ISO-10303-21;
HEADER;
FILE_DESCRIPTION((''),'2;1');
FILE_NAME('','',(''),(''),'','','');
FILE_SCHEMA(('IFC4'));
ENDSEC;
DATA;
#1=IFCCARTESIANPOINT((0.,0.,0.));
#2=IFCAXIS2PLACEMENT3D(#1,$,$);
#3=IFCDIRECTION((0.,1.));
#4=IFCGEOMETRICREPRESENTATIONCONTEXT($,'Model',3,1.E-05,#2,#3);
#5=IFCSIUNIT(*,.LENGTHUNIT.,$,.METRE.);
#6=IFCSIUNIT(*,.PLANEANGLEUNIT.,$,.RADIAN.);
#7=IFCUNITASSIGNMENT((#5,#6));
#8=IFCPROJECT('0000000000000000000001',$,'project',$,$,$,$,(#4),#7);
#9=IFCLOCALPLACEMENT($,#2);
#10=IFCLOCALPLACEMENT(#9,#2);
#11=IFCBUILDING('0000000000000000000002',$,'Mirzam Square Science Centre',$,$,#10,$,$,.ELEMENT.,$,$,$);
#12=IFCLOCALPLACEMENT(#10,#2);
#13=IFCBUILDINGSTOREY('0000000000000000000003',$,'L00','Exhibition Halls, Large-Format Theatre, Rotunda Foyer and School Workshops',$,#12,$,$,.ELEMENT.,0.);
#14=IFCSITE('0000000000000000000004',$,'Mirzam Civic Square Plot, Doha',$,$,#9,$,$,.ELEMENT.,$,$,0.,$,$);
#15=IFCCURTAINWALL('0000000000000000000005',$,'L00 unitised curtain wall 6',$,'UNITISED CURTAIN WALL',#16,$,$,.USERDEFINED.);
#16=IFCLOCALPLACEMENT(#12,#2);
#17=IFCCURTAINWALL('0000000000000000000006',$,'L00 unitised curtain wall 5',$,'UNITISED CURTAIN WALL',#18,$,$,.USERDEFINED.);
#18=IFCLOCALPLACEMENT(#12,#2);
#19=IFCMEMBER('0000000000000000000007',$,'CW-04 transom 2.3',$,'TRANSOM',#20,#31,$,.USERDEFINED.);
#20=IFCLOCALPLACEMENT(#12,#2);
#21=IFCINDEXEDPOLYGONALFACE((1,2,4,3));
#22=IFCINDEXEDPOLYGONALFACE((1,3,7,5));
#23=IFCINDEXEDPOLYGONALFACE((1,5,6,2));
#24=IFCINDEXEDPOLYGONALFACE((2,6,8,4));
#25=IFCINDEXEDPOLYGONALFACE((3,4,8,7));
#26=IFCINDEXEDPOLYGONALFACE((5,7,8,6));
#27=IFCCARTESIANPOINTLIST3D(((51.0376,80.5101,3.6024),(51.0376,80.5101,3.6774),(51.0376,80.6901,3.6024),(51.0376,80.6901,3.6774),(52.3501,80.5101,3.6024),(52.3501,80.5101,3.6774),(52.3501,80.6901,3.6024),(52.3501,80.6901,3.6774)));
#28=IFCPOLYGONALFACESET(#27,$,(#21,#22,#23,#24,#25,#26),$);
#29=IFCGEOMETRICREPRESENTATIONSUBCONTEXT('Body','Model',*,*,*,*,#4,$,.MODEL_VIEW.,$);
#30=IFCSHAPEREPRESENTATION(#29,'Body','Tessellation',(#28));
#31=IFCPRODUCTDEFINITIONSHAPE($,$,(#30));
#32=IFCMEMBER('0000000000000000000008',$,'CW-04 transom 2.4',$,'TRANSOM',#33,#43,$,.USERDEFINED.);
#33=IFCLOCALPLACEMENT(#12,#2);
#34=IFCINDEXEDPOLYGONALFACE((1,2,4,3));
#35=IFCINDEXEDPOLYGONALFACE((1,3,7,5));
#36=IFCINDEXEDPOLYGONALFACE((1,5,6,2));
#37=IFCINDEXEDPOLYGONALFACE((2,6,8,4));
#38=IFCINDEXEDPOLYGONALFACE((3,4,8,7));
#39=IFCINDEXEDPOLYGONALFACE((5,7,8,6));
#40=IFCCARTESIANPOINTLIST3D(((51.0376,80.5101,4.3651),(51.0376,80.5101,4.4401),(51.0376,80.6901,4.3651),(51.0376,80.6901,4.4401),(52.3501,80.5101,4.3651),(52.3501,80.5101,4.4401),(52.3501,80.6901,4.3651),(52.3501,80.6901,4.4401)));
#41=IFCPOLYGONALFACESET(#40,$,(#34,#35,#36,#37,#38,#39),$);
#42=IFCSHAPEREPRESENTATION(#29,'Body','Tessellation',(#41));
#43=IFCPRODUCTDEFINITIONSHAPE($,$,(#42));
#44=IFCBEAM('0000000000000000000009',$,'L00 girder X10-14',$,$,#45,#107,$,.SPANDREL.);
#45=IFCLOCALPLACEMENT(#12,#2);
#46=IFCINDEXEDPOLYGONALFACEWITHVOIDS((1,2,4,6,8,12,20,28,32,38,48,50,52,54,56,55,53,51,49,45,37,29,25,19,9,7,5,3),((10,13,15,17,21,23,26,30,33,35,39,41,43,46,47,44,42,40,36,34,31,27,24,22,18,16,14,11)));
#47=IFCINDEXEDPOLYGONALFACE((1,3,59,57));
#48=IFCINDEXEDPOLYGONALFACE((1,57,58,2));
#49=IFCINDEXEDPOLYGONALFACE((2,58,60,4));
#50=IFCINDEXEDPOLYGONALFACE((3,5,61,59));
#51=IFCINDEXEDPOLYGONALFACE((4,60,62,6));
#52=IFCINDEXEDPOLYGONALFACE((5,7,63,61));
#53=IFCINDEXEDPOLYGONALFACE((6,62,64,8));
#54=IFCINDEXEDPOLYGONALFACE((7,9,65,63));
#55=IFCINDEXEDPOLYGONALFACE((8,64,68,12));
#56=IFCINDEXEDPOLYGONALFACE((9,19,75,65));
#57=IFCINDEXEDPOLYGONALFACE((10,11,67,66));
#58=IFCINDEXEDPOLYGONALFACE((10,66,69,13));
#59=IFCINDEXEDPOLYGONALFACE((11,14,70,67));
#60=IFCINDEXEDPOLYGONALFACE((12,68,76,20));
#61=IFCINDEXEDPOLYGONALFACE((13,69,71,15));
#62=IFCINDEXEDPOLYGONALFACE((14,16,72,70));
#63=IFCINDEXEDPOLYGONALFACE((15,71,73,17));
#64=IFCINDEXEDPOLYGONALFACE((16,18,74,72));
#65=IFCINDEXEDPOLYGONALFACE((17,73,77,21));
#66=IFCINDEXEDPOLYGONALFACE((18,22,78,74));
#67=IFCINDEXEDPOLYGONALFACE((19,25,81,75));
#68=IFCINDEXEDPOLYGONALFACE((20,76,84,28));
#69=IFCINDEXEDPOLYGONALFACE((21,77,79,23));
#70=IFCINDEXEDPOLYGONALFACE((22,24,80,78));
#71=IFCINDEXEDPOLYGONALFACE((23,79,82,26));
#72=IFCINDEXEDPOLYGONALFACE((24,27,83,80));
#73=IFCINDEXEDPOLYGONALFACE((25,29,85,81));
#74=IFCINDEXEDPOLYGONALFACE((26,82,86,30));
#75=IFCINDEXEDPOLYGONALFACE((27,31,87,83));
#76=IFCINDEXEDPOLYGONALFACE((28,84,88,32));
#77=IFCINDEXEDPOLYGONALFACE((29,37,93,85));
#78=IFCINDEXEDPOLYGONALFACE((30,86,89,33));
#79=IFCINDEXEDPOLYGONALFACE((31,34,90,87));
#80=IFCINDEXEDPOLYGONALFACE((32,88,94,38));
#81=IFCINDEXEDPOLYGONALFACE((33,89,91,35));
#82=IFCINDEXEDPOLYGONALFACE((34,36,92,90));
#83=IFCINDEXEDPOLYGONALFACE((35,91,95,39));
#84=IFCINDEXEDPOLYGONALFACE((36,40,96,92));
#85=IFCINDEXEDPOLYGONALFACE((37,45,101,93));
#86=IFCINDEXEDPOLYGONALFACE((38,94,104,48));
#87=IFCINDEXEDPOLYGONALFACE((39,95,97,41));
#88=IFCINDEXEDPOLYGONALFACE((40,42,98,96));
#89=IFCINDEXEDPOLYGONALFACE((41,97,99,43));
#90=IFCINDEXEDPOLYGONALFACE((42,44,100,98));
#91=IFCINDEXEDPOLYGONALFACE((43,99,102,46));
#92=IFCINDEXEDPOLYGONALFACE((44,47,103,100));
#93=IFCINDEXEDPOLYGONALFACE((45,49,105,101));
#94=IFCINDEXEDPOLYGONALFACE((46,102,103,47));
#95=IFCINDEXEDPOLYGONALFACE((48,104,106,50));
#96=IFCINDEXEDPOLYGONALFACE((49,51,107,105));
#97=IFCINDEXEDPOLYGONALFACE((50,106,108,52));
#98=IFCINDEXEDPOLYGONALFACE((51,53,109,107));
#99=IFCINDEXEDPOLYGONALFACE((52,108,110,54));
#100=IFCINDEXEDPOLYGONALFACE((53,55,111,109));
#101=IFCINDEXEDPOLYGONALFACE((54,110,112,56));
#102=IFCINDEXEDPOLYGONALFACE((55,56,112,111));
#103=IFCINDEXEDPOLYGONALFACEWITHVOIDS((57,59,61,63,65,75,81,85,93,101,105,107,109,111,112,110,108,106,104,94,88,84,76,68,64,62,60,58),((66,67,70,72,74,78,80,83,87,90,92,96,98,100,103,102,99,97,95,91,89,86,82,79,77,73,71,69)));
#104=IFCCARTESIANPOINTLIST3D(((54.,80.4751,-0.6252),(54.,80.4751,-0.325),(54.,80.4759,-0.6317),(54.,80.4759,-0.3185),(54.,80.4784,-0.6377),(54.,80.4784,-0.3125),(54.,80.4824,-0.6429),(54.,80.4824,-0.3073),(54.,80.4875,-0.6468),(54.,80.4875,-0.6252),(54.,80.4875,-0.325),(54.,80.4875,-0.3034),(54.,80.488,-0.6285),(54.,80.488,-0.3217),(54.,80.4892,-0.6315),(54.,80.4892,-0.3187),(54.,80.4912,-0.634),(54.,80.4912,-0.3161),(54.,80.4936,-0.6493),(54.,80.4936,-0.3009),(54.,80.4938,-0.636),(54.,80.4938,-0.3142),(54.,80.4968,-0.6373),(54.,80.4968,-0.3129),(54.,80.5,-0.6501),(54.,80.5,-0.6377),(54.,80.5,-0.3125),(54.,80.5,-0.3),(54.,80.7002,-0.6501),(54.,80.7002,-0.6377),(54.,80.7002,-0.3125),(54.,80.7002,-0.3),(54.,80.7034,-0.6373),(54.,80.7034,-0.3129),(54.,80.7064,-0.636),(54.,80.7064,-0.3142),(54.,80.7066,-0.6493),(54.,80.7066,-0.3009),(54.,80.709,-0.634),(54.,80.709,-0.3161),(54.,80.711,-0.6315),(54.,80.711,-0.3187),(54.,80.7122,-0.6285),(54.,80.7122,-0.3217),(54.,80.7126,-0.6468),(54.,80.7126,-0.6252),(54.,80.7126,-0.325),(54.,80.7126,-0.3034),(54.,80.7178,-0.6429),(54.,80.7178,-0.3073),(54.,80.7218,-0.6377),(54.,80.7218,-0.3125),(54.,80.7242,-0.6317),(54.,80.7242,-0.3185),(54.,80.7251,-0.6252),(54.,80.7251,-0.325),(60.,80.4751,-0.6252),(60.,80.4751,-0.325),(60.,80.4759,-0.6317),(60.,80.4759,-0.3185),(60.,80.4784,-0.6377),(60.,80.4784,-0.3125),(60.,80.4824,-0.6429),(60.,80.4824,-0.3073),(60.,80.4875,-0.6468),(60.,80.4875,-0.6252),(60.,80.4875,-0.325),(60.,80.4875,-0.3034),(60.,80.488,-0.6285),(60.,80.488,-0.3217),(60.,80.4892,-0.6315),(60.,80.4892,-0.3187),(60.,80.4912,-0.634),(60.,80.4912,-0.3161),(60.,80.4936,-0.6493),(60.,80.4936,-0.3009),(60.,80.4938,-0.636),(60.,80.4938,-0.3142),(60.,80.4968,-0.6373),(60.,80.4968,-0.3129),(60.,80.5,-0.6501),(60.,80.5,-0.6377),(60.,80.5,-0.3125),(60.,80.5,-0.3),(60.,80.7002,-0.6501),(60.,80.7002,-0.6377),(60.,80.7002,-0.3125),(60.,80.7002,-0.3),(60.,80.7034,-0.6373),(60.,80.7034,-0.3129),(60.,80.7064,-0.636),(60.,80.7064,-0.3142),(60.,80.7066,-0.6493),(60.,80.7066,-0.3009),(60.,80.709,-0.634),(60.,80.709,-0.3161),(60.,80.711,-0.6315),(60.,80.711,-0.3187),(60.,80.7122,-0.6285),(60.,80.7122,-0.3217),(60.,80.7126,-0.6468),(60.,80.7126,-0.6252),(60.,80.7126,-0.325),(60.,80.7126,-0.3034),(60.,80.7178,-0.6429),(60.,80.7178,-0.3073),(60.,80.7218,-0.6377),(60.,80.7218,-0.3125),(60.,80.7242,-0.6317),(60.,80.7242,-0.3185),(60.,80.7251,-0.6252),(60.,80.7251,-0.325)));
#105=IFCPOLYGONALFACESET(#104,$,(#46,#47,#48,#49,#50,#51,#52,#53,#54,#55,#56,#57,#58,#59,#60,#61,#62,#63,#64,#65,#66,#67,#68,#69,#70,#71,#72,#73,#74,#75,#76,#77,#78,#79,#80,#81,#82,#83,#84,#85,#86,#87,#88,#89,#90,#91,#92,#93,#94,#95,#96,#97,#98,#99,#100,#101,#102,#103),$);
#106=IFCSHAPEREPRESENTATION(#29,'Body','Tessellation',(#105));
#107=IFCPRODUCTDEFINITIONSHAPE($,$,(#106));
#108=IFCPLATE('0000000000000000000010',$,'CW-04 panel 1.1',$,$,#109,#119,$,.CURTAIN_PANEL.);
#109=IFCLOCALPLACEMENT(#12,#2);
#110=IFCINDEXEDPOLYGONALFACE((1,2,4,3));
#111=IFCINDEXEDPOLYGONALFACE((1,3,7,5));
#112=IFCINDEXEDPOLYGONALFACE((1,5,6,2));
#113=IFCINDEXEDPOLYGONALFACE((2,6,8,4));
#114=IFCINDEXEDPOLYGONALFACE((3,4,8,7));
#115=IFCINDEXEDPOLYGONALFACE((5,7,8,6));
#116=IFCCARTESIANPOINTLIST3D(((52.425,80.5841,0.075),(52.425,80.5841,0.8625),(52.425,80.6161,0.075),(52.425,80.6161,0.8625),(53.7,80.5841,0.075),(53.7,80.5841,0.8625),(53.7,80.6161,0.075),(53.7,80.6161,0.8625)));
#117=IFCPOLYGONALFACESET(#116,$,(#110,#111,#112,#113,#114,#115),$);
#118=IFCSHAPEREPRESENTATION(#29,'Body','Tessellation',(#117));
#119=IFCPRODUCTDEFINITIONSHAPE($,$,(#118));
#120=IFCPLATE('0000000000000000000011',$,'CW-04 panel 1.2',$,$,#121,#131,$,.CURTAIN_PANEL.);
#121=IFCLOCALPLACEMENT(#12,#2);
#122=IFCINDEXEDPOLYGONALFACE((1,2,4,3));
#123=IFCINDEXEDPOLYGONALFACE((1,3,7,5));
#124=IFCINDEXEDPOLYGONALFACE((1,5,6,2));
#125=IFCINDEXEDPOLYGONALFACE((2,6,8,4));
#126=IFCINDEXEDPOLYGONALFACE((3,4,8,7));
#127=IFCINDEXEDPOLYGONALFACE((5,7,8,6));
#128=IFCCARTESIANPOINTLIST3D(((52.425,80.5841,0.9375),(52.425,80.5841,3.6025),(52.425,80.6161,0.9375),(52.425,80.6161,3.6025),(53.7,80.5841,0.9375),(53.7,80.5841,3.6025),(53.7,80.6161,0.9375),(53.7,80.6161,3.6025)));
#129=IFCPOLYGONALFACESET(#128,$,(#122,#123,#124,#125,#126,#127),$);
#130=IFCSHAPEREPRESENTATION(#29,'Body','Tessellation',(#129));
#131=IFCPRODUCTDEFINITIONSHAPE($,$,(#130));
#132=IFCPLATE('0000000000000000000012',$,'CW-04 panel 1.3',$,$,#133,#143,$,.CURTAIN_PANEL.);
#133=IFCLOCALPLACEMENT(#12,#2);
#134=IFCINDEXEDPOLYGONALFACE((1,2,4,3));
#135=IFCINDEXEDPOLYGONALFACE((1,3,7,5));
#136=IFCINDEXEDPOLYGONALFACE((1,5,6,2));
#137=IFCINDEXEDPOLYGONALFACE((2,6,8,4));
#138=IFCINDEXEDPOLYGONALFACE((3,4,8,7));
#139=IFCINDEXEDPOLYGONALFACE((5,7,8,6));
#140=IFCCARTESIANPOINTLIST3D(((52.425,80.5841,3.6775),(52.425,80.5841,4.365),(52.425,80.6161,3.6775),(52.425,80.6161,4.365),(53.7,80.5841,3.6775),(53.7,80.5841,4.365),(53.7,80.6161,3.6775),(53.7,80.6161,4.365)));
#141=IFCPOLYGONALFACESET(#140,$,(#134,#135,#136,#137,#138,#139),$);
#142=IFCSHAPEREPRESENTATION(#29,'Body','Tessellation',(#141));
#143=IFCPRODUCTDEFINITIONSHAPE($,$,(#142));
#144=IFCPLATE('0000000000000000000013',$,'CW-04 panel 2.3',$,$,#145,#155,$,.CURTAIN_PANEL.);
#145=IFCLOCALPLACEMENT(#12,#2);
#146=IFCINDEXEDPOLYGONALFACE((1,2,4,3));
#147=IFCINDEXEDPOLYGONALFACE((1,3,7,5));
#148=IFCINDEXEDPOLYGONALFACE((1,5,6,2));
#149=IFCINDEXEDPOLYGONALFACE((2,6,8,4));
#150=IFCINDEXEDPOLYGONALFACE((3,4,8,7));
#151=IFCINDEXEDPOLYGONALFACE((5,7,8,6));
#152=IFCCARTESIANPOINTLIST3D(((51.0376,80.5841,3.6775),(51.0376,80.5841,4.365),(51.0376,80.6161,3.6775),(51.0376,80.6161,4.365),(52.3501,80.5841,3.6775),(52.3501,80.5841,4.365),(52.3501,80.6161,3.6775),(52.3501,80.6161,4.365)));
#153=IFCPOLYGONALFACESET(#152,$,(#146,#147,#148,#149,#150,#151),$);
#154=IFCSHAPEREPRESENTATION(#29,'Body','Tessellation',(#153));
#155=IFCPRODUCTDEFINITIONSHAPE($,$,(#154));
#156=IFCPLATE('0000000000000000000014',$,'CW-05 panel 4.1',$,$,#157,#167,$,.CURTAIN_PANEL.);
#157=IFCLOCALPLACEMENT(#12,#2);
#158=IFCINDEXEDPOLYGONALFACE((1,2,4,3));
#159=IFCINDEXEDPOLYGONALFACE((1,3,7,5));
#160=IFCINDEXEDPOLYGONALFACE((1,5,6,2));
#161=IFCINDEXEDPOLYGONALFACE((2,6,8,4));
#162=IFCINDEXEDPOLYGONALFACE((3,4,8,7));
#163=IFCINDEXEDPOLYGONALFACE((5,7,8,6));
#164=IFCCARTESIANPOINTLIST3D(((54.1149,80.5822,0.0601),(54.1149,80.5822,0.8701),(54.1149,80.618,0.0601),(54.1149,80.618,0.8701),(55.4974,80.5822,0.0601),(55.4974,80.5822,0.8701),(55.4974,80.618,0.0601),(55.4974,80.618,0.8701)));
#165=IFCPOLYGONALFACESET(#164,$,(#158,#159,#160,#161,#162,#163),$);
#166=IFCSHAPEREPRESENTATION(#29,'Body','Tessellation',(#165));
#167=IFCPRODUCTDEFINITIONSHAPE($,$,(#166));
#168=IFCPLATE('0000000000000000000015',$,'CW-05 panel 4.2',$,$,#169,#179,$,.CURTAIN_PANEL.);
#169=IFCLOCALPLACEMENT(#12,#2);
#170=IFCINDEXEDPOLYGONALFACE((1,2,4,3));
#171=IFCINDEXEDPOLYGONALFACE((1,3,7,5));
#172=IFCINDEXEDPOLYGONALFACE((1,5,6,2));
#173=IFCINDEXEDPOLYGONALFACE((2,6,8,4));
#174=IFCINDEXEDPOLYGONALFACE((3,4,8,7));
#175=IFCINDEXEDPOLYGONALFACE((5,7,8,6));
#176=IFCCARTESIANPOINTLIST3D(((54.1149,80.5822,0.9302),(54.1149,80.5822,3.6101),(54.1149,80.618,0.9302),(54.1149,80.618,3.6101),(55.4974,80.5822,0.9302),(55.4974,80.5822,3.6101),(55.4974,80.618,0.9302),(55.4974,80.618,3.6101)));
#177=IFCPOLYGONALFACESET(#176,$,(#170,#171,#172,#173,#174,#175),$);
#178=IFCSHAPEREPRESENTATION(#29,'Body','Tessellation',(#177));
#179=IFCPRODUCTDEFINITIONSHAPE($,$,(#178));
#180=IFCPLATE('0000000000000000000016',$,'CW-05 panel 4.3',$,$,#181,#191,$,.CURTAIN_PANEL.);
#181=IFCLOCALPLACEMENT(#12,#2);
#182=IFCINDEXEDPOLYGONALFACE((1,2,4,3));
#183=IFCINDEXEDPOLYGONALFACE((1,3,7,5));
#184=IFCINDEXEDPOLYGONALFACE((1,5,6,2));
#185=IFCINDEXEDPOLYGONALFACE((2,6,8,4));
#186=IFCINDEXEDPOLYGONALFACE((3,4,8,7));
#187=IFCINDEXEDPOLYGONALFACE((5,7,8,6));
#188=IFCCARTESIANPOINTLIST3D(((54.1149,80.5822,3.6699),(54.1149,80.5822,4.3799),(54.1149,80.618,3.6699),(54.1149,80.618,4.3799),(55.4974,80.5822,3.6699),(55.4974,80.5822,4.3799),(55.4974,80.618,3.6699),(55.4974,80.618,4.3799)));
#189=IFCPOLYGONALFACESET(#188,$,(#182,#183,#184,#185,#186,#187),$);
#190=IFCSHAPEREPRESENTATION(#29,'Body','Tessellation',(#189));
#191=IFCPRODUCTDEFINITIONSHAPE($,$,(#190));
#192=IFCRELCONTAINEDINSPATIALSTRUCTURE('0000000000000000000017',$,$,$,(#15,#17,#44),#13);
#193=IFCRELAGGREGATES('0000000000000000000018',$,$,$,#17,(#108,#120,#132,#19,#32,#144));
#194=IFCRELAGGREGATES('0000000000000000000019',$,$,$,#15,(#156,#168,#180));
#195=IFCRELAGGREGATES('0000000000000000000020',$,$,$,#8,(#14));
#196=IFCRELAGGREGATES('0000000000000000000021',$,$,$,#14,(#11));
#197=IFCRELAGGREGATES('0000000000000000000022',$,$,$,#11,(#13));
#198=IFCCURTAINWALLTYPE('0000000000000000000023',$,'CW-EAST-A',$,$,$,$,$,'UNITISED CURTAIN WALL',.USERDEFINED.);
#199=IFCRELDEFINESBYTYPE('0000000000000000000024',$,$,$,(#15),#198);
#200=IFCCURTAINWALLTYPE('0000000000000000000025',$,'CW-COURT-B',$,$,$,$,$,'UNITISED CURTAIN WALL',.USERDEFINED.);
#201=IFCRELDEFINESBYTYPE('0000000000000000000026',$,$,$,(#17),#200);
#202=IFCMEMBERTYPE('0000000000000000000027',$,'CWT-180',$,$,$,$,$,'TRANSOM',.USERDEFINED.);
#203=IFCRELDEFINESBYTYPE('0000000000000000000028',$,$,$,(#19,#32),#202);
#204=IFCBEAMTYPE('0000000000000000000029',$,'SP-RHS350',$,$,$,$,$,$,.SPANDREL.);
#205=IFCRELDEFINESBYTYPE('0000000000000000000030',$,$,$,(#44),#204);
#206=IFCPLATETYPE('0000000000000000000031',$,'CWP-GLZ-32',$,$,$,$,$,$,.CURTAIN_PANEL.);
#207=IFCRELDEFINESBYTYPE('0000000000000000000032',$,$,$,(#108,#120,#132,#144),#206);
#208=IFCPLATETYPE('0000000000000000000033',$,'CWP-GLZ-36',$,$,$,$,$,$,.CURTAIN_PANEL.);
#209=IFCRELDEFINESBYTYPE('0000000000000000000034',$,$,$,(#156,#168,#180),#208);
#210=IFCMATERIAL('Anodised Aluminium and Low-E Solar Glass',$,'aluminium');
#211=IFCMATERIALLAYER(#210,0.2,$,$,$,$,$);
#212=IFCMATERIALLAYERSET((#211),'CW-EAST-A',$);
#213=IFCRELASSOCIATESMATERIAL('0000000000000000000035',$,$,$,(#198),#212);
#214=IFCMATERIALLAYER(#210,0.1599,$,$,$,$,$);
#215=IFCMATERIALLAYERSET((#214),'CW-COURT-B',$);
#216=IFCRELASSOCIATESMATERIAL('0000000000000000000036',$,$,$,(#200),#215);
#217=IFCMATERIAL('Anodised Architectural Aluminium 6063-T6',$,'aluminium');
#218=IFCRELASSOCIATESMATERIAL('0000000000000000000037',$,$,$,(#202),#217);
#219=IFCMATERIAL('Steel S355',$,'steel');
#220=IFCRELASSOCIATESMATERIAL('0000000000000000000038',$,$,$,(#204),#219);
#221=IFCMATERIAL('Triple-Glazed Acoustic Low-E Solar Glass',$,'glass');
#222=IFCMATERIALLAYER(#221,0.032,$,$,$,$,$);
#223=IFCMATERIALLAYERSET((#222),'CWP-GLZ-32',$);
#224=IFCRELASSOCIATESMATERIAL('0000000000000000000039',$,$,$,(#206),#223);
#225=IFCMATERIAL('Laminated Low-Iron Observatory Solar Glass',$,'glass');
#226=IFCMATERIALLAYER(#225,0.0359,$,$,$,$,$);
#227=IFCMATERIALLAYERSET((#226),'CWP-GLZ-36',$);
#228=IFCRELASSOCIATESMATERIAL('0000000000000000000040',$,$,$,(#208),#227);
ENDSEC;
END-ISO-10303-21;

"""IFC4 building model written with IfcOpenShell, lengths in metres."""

from ifc_helpers import new_model, si_unit, direction, frame, origin, origin_2d, place, context, subcontext, project, spatial, rectangle, hollow_rectangle, extrude, material, layer, layer_set, material_profile, profile_set, type_object, element, aggregate, save


model = new_model("IFC4")

# Units and contexts
model_context = context("Model", 3, precision=1e-05, world=origin(), true_north=direction((0.0, 1.0)))
body_context = subcontext(model_context, "Body", "Model", "MODEL_VIEW")
ifc_project = project(units=[si_unit("LENGTHUNIT", "METRE"), si_unit("PLANEANGLEUNIT", "RADIAN")], contexts=[model_context])

# Site, building, storey
site_placement = place(None, origin())
site = spatial("IfcSite", under=ifc_project, at=site_placement, Name="Mirzam Civic Square Plot, Doha", CompositionType="ELEMENT", RefElevation=0.0)
building_placement = place(site_placement, origin())
building = spatial("IfcBuilding", under=site, at=building_placement, Name="Mirzam Square Science Centre", CompositionType="ELEMENT")
storey_placement = place(building_placement, origin())
storey = spatial("IfcBuildingStorey", under=building, at=storey_placement, Name="L00", Description="Exhibition Halls, Large-Format Theatre, Rotunda Foyer and School Workshops", CompositionType="ELEMENT", Elevation=0.0)

# Shared definitions
ifc_material_1 = material(Name="Steel S355", Category="steel")

# Curtain wall
ifc_material_2 = material(Name="Anodised Aluminium and Low-E Solar Glass", Category="aluminium")
ifc_layer_1 = layer(ifc_material_2, 0.2)
ifc_layer_set_1 = layer_set([ifc_layer_1], Name="CW-EAST-A")
curtain_wall_type_1 = type_object("IfcCurtainWallType", Name="CW-EAST-A", ElementType="UNITISED CURTAIN WALL", PredefinedType="USERDEFINED", material=ifc_layer_set_1)
curtain_wall_1_placement = place(storey_placement, origin())
curtain_wall_1 = element("IfcCurtainWall", 1, at=curtain_wall_1_placement, inside=storey, type_object=curtain_wall_type_1, Name="L00 unitised curtain wall 6", ObjectType="UNITISED CURTAIN WALL", PredefinedType="USERDEFINED")
ifc_material_3 = material(Name="Anodised Architectural Aluminium 6063-T6", Category="aluminium")

# Curtain wall
ifc_layer_2 = layer(ifc_material_2, 0.1599)
ifc_layer_set_2 = layer_set([ifc_layer_2], Name="CW-COURT-B")
curtain_wall_type_2 = type_object("IfcCurtainWallType", Name="CW-COURT-B", ElementType="UNITISED CURTAIN WALL", PredefinedType="USERDEFINED", material=ifc_layer_set_2)
curtain_wall_2_placement = place(storey_placement, origin())
curtain_wall_2 = element("IfcCurtainWall", 2, at=curtain_wall_2_placement, inside=storey, type_object=curtain_wall_type_2, Name="L00 unitised curtain wall 5", ObjectType="UNITISED CURTAIN WALL", PredefinedType="USERDEFINED")

# Members
ifc_material_profile_1 = material_profile(ifc_material_3, rectangle(XDim=0.1799, YDim=0.075, at=origin_2d()), Name="ALU-TRAN-180x75x5")
ifc_profile_set_1 = profile_set([ifc_material_profile_1], Name="Anodised Architectural Aluminium 6063-T6")
member_type_1 = type_object("IfcMemberType", Name="CWT-180", ElementType="TRANSOM", PredefinedType="USERDEFINED", material=ifc_profile_set_1)
member_1_placement = place(storey_placement, frame((52.3501, 80.6001, 3.6399), z_axis=(-1.0, 0.0, 0.0), x_axis=(0.0, -1.0, 0.0)))
member_1 = element("IfcMember", 3, at=member_1_placement, type_object=member_type_1, Name="CW-04 transom 2.3", ObjectType="TRANSOM", PredefinedType="USERDEFINED", context=body_context, shape_type="SweptSolid", body=[
    extrude(rectangle(XDim=0.1799, YDim=0.075, at=origin_2d()), origin(), (0.0, 0.0, 1.0), 1.3125),
])
member_2_placement = place(storey_placement, frame((52.3501, 80.6001, 4.4026), z_axis=(-1.0, 0.0, 0.0), x_axis=(0.0, -1.0, 0.0)))
member_2 = element("IfcMember", 4, at=member_2_placement, type_object=member_type_1, Name="CW-04 transom 2.4", ObjectType="TRANSOM", PredefinedType="USERDEFINED", context=body_context, shape_type="SweptSolid", body=[
    extrude(rectangle(XDim=0.1799, YDim=0.075, at=origin_2d()), origin(), (0.0, 0.0, 1.0), 1.3125),
])

# Beam
ifc_material_profile_2 = material_profile(ifc_material_1, hollow_rectangle(XDim=0.25, YDim=0.3501, WallThickness=0.0125, InnerFilletRadius=0.0125, OuterFilletRadius=0.0249, at=origin_2d()), Name="350x250x12.5RHS")
ifc_profile_set_2 = profile_set([ifc_material_profile_2], Name="Steel S355")
beam_type = type_object("IfcBeamType", Name="SP-RHS350", PredefinedType="SPANDREL", material=ifc_profile_set_2)
beam_placement = place(storey_placement, frame((54.0, 80.6001, -0.4751), z_axis=(1.0, 0.0, 0.0), x_axis=(0.0, 1.0, 0.0)))
element("IfcBeam", 5, at=beam_placement, inside=storey, type_object=beam_type, Name="L00 girder X10-14", PredefinedType="SPANDREL", context=body_context, shape_type="SweptSolid", body=[
    extrude(hollow_rectangle(XDim=0.25, YDim=0.3501, WallThickness=0.0125, InnerFilletRadius=0.0125, OuterFilletRadius=0.0249, at=origin_2d()), origin(), (0.0, 0.0, 1.0), 6.0),
])

# Plates
ifc_material_4 = material(Name="Triple-Glazed Acoustic Low-E Solar Glass", Category="glass")
ifc_layer_3 = layer(ifc_material_4, 0.032)
ifc_layer_set_3 = layer_set([ifc_layer_3], Name="CWP-GLZ-32")
plate_type_1 = type_object("IfcPlateType", Name="CWP-GLZ-32", PredefinedType="CURTAIN_PANEL", material=ifc_layer_set_3)
plate_1_placement = place(storey_placement, frame((53.0625, 80.6001, 0.075), z_axis=(0.0, 0.0, 1.0), x_axis=(-1.0, 0.0, 0.0)))
plate_1 = element("IfcPlate", 6, at=plate_1_placement, type_object=plate_type_1, Name="CW-04 panel 1.1", PredefinedType="CURTAIN_PANEL", context=body_context, shape_type="SweptSolid", body=[
    extrude(rectangle(XDim=1.2749, YDim=0.032, at=origin_2d()), origin(), (0.0, 0.0, 1.0), 0.7876),
])
plate_2_placement = place(storey_placement, frame((53.0625, 80.6001, 0.9375), z_axis=(0.0, 0.0, 1.0), x_axis=(-1.0, 0.0, 0.0)))
plate_2 = element("IfcPlate", 7, at=plate_2_placement, type_object=plate_type_1, Name="CW-04 panel 1.2", PredefinedType="CURTAIN_PANEL", context=body_context, shape_type="SweptSolid", body=[
    extrude(rectangle(XDim=1.2749, YDim=0.032, at=origin_2d()), origin(), (0.0, 0.0, 1.0), 2.665),
])
plate_3_placement = place(storey_placement, frame((53.0625, 80.6001, 3.6775), z_axis=(0.0, 0.0, 1.0), x_axis=(-1.0, 0.0, 0.0)))
plate_3 = element("IfcPlate", 8, at=plate_3_placement, type_object=plate_type_1, Name="CW-04 panel 1.3", PredefinedType="CURTAIN_PANEL", context=body_context, shape_type="SweptSolid", body=[
    extrude(rectangle(XDim=1.2749, YDim=0.032, at=origin_2d()), origin(), (0.0, 0.0, 1.0), 0.6875),
])
plate_4_placement = place(storey_placement, frame((51.6938, 80.6001, 3.6775), z_axis=(0.0, 0.0, 1.0), x_axis=(-1.0, 0.0, 0.0)))
plate_4 = element("IfcPlate", 9, at=plate_4_placement, type_object=plate_type_1, Name="CW-04 panel 2.3", PredefinedType="CURTAIN_PANEL", context=body_context, shape_type="SweptSolid", body=[
    extrude(rectangle(XDim=1.3125, YDim=0.032, at=origin_2d()), origin(), (0.0, 0.0, 1.0), 0.6875),
])
aggregate(curtain_wall_2, [plate_1, plate_2, plate_3, member_1, member_2, plate_4])
ifc_material_5 = material(Name="Laminated Low-Iron Observatory Solar Glass", Category="glass")
ifc_layer_4 = layer(ifc_material_5, 0.0359)
ifc_layer_set_4 = layer_set([ifc_layer_4], Name="CWP-GLZ-36")
plate_type_2 = type_object("IfcPlateType", Name="CWP-GLZ-36", PredefinedType="CURTAIN_PANEL", material=ifc_layer_set_4)
plate_5_placement = place(storey_placement, frame((54.8062, 80.6001, 0.0601), z_axis=(0.0, 0.0, 1.0), x_axis=(-1.0, 0.0, 0.0)))
plate_5 = element("IfcPlate", 10, at=plate_5_placement, type_object=plate_type_2, Name="CW-05 panel 4.1", PredefinedType="CURTAIN_PANEL", context=body_context, shape_type="SweptSolid", body=[
    extrude(rectangle(XDim=1.3826, YDim=0.0359, at=origin_2d()), origin(), (0.0, 0.0, 1.0), 0.8101),
])
plate_6_placement = place(storey_placement, frame((54.8062, 80.6001, 0.9302), z_axis=(0.0, 0.0, 1.0), x_axis=(-1.0, 0.0, 0.0)))
plate_6 = element("IfcPlate", 11, at=plate_6_placement, type_object=plate_type_2, Name="CW-05 panel 4.2", PredefinedType="CURTAIN_PANEL", context=body_context, shape_type="SweptSolid", body=[
    extrude(rectangle(XDim=1.3826, YDim=0.0359, at=origin_2d()), origin(), (0.0, 0.0, 1.0), 2.6799),
])
plate_7_placement = place(storey_placement, frame((54.8062, 80.6001, 3.6699), z_axis=(0.0, 0.0, 1.0), x_axis=(-1.0, 0.0, 0.0)))
plate_7 = element("IfcPlate", 12, at=plate_7_placement, type_object=plate_type_2, Name="CW-05 panel 4.3", PredefinedType="CURTAIN_PANEL", context=body_context, shape_type="SweptSolid", body=[
    extrude(rectangle(XDim=1.3826, YDim=0.0359, at=origin_2d()), origin(), (0.0, 0.0, 1.0), 0.71),
])
aggregate(curtain_wall_1, [plate_5, plate_6, plate_7])

save(model, "model.ifc")
